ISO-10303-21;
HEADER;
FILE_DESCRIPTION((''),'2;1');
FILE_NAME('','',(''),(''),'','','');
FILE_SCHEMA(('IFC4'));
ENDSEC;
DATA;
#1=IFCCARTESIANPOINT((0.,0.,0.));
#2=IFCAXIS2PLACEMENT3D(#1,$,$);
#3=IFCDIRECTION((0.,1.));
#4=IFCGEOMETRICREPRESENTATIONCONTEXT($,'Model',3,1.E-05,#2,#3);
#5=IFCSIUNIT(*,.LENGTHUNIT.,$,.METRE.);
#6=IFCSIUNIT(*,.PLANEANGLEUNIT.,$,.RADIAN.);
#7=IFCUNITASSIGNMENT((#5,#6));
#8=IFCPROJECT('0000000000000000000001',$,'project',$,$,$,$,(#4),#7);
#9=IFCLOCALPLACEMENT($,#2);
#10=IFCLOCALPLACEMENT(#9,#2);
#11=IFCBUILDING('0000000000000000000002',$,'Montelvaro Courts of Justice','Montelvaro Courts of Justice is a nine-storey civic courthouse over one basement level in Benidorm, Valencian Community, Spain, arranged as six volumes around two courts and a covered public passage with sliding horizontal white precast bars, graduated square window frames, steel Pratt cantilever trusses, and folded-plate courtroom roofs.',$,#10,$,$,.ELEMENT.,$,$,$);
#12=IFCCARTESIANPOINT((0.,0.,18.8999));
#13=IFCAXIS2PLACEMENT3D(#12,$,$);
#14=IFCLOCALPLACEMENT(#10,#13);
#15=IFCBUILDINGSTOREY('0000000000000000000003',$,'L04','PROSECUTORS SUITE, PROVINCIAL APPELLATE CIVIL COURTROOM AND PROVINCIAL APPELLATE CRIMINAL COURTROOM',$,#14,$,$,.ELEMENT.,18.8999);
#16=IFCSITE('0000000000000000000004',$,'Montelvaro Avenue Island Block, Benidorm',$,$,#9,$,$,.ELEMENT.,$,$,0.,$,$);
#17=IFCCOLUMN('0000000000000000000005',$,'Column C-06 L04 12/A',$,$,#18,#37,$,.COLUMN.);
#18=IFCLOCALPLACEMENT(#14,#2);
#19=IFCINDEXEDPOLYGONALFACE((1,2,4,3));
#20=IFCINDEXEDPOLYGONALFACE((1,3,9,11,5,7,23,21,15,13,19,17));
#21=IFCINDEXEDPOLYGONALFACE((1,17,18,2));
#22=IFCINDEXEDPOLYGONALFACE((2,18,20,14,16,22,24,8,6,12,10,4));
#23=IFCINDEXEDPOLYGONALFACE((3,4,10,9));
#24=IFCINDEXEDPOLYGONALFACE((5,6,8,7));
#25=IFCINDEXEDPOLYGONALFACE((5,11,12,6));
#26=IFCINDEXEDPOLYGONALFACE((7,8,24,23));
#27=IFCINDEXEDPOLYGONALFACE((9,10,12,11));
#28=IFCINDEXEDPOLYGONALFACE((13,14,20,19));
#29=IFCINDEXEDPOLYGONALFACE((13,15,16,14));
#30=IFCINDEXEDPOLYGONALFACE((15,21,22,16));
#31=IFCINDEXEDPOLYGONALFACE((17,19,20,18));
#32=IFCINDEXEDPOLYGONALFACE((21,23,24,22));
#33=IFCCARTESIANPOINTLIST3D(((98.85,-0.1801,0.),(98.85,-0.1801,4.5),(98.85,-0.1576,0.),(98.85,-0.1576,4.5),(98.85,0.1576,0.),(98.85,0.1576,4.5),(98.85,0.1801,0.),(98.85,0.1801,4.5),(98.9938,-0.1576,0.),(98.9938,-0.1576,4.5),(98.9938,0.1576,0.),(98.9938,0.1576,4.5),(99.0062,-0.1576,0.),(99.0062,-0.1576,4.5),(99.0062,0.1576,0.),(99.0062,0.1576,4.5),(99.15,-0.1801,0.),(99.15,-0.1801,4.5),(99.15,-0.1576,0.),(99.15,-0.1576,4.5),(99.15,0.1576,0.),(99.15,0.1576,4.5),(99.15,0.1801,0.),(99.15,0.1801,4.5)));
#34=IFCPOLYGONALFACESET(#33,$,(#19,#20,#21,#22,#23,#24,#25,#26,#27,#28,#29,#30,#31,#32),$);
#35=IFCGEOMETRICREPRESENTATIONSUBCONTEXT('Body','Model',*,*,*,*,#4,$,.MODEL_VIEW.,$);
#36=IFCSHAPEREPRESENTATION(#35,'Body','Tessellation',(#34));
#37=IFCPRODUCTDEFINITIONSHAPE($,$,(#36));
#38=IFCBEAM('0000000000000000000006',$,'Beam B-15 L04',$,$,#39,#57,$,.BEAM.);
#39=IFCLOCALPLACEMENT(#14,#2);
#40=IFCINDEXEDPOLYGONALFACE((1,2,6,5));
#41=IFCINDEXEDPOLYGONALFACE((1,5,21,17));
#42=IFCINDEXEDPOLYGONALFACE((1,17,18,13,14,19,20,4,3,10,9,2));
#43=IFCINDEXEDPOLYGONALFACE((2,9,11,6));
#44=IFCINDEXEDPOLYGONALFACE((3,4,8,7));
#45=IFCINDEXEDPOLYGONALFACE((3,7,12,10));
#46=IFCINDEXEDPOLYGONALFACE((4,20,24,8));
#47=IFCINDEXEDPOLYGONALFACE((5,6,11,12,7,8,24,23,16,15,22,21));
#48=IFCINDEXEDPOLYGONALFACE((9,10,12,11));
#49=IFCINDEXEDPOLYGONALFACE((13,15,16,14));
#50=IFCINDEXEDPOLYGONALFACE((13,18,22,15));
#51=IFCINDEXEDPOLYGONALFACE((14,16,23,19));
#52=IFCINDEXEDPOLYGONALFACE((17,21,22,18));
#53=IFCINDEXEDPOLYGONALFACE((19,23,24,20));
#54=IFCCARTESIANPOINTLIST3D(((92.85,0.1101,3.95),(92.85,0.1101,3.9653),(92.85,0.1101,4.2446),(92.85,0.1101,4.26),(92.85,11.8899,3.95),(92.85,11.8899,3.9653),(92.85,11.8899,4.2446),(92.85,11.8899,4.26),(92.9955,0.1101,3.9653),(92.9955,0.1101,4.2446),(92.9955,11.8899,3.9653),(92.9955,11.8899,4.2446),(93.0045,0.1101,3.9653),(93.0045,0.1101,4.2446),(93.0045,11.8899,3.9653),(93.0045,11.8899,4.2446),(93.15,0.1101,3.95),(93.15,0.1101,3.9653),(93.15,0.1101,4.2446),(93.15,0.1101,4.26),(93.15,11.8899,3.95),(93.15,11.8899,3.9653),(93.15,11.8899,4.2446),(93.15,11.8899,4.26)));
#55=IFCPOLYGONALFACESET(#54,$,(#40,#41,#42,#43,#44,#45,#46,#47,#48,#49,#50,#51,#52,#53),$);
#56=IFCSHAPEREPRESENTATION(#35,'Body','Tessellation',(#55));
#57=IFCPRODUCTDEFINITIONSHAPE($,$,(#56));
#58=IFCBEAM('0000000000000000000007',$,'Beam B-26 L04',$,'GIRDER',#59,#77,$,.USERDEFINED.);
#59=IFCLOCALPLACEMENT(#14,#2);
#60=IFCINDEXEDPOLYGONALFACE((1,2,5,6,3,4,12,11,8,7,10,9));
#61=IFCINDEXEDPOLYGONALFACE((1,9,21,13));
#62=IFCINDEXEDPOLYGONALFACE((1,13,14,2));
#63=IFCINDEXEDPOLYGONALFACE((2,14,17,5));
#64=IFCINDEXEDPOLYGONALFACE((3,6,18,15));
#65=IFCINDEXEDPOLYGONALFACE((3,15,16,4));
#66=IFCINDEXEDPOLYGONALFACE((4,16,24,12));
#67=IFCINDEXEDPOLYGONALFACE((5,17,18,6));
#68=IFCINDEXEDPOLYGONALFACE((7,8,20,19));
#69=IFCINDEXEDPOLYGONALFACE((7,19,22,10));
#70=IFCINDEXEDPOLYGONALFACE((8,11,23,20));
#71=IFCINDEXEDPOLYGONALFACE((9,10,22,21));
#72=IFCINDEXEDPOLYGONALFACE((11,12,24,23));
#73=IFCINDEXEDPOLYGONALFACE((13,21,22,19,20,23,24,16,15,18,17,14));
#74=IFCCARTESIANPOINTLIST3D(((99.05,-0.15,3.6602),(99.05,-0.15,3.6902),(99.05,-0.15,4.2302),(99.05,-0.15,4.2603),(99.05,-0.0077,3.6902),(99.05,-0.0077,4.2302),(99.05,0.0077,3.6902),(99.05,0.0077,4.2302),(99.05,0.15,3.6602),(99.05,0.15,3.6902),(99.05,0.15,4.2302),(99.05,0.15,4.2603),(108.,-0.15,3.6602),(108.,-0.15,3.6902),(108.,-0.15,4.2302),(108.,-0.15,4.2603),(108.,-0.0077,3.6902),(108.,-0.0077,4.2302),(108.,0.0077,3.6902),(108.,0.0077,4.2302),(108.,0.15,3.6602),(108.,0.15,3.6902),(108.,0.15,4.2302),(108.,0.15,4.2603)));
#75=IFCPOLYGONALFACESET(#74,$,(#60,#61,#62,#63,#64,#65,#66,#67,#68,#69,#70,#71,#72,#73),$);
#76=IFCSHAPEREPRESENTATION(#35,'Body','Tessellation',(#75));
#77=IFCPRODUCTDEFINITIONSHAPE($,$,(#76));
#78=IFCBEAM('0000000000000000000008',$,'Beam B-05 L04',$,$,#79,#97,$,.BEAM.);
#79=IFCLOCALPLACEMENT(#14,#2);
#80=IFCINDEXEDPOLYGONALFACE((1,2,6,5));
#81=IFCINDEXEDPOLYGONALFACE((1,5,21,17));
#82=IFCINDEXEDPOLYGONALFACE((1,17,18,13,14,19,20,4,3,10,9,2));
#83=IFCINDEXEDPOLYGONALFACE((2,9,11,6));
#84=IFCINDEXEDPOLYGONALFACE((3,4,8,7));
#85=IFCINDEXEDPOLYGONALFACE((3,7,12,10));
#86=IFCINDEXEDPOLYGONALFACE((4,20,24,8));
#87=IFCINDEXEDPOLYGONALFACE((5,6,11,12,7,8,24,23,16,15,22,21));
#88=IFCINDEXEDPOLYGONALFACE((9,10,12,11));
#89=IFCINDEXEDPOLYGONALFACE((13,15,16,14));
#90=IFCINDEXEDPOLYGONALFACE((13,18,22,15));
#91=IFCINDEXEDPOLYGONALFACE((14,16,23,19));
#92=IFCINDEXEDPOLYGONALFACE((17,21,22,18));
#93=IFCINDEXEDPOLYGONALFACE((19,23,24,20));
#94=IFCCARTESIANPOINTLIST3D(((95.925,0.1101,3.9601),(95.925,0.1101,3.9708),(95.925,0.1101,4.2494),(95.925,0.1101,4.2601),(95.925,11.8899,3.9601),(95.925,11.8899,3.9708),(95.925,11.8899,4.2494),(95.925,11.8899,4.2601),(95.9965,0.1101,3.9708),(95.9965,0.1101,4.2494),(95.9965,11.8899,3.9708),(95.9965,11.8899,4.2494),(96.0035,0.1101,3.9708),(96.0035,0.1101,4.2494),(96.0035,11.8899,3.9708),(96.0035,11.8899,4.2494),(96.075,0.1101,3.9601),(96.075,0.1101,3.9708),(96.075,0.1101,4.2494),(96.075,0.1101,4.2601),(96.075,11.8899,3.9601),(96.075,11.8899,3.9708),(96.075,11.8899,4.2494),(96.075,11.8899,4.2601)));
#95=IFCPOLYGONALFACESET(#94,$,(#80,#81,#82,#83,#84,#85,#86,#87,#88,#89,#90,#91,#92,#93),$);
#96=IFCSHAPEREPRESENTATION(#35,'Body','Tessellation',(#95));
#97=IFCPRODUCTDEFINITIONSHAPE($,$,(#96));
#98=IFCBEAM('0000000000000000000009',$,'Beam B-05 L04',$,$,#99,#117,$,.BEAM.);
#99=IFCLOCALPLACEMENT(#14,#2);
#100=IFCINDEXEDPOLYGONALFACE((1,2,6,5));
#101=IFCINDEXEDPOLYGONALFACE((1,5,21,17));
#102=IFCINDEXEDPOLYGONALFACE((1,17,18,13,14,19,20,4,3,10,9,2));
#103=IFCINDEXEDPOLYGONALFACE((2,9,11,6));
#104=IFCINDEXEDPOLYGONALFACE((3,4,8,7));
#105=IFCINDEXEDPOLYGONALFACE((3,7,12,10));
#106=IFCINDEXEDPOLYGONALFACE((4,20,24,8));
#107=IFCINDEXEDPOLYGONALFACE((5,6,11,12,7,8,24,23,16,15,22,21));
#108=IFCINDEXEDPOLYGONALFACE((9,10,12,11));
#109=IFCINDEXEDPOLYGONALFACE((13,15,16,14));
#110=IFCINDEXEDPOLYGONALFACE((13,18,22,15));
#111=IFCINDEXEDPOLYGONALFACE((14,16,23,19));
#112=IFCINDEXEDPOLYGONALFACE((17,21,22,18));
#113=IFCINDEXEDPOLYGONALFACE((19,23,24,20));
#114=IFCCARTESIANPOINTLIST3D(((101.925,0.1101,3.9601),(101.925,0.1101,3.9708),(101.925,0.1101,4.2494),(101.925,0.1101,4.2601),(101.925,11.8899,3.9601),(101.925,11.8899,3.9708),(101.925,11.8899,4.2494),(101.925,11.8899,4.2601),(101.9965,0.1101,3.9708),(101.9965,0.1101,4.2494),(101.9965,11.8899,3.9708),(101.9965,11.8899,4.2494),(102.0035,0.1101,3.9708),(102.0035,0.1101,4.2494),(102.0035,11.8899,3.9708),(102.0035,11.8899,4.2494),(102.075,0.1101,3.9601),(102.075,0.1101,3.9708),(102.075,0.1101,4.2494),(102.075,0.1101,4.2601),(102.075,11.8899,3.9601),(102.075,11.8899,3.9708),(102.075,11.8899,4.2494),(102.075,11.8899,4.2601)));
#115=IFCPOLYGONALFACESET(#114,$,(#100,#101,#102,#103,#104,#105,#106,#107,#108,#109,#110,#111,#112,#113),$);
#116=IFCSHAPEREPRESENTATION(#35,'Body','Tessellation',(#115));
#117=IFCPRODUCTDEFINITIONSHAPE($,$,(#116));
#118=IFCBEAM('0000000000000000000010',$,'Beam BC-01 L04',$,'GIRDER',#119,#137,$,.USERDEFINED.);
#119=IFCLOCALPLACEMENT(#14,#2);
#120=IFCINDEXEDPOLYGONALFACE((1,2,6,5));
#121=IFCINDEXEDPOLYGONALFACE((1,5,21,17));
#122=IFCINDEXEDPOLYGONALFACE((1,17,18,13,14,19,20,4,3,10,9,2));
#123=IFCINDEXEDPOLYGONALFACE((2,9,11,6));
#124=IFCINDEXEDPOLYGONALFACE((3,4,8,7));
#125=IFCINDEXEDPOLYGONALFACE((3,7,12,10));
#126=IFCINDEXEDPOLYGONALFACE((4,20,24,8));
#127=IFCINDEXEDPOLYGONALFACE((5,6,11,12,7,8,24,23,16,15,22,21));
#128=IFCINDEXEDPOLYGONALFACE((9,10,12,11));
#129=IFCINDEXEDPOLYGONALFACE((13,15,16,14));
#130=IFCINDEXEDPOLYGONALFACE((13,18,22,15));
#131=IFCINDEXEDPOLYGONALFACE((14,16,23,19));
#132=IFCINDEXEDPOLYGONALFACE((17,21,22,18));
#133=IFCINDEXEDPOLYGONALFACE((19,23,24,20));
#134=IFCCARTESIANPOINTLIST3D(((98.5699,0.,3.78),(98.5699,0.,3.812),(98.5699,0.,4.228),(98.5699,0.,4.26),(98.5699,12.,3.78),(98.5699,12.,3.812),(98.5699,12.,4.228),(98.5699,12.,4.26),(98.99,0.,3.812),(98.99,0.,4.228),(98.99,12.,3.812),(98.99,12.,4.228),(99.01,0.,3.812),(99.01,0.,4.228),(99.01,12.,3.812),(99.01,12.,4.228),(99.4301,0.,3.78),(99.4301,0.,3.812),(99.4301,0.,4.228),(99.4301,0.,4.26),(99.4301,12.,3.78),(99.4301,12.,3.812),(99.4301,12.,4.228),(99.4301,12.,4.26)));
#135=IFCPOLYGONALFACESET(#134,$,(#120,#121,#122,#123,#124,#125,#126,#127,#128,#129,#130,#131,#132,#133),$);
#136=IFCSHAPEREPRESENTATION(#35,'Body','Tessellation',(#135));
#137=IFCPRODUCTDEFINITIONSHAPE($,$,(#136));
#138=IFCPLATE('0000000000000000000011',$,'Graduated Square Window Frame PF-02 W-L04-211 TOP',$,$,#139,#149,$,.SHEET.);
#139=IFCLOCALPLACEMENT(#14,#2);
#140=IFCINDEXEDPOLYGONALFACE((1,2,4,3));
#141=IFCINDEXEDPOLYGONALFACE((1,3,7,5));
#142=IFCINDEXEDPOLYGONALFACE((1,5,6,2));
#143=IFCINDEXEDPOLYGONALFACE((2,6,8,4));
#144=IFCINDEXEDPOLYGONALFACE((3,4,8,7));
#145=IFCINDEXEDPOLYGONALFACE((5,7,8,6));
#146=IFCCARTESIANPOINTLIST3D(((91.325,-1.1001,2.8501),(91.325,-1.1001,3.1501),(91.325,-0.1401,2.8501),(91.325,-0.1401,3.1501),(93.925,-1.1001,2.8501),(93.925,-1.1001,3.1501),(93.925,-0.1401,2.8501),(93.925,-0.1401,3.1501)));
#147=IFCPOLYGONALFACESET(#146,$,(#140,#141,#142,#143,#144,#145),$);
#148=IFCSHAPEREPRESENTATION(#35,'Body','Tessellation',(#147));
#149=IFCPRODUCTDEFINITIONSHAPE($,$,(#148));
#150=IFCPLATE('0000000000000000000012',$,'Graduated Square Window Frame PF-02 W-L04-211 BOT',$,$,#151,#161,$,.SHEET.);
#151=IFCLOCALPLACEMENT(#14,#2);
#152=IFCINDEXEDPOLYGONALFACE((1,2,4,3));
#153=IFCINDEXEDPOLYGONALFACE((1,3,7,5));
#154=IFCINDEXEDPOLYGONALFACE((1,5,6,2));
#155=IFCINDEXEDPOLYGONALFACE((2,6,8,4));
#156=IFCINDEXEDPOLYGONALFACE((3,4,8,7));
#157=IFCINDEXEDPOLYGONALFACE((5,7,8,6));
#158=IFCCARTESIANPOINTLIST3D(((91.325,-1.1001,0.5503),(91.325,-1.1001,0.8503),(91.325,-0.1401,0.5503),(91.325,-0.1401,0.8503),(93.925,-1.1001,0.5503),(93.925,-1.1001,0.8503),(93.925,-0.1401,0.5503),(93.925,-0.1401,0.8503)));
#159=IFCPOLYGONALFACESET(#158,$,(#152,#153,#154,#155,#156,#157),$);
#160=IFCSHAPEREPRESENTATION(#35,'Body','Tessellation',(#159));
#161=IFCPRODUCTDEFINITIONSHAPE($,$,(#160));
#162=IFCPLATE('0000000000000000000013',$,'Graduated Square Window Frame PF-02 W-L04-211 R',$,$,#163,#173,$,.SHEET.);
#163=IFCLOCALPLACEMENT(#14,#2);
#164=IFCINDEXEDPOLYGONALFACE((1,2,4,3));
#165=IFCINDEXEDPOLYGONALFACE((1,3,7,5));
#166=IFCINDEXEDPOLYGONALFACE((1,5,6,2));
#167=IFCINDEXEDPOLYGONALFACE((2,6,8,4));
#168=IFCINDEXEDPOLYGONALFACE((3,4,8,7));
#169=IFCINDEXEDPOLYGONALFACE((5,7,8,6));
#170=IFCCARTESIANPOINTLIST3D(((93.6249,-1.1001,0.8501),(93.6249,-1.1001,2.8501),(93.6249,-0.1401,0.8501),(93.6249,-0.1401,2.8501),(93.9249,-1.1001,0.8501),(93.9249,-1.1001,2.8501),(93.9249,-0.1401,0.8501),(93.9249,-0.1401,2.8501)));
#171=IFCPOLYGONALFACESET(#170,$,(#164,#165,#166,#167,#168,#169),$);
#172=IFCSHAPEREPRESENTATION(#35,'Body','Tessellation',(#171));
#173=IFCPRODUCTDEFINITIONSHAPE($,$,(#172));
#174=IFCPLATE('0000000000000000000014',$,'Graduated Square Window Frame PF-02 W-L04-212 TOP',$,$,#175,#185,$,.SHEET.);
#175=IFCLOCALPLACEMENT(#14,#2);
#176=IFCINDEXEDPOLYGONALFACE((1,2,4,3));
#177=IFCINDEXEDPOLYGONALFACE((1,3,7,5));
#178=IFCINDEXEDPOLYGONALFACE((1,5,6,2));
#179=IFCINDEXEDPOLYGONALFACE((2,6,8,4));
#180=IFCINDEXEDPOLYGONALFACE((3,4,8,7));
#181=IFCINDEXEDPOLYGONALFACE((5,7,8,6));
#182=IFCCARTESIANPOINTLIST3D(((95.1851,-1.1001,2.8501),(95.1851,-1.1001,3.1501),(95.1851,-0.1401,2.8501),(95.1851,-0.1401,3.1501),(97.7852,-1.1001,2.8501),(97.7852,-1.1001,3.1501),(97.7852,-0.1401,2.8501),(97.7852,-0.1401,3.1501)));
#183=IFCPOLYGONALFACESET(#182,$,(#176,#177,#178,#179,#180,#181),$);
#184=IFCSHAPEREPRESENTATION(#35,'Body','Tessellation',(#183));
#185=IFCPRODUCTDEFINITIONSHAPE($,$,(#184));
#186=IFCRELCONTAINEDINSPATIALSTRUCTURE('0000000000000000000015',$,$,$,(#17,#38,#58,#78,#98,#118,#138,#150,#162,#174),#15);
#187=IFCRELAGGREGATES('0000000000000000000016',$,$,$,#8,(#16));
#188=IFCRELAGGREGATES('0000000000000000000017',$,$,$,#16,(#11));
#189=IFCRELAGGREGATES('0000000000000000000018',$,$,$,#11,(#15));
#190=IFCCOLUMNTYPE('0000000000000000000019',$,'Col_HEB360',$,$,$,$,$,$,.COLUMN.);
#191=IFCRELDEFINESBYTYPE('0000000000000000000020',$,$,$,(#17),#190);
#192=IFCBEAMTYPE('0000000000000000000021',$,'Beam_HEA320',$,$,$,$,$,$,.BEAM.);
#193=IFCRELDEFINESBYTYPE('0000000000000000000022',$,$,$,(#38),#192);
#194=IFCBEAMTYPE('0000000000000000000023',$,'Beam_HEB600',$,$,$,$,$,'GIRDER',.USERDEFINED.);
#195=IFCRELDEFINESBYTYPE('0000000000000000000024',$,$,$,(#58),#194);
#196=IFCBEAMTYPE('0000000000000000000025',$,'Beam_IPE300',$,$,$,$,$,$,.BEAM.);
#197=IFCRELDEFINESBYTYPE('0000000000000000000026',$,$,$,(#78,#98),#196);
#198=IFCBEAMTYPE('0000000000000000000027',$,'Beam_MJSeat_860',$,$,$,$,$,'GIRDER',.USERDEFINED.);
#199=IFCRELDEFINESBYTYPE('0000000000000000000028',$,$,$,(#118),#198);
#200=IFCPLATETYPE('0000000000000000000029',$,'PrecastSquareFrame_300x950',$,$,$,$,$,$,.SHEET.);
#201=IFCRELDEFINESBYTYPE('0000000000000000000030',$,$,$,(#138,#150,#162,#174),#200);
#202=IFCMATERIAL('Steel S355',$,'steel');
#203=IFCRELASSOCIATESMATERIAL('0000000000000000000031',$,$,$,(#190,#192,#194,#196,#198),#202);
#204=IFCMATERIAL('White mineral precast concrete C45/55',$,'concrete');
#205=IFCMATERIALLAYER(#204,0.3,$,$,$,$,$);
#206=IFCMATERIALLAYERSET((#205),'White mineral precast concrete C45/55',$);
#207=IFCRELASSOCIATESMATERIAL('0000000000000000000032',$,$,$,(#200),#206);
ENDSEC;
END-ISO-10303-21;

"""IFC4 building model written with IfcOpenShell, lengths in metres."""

from ifc_helpers import new_model, si_unit, direction, frame, origin, origin_2d, place, context, subcontext, project, spatial, rectangle, i_section, extrude, material, layer, layer_set, material_profile, profile_set, type_object, element, save


model = new_model("IFC4")

# Units and contexts
model_context = context("Model", 3, precision=1e-05, world=origin(), true_north=direction((0.0, 1.0)))
body_context = subcontext(model_context, "Body", "Model", "MODEL_VIEW")
ifc_project = project(units=[si_unit("LENGTHUNIT", "METRE"), si_unit("PLANEANGLEUNIT", "RADIAN")], contexts=[model_context])

# Site, building, storey
site_placement = place(None, origin())
site = spatial("IfcSite", under=ifc_project, at=site_placement, Name="Montelvaro Avenue Island Block, Benidorm", CompositionType="ELEMENT", RefElevation=0.0)
building_placement = place(site_placement, origin())
building = spatial("IfcBuilding", under=site, at=building_placement, Name="Montelvaro Courts of Justice", Description="Montelvaro Courts of Justice is a nine-storey civic courthouse over one basement level in Benidorm, Valencian Community, Spain, arranged as six volumes around two courts and a covered public passage with sliding horizontal white precast bars, graduated square window frames, steel Pratt cantilever trusses, and folded-plate courtroom roofs.", CompositionType="ELEMENT")
storey_placement = place(building_placement, frame((0.0, 0.0, 18.8999)))
storey = spatial("IfcBuildingStorey", under=building, at=storey_placement, Name="L04", Description="PROSECUTORS SUITE, PROVINCIAL APPELLATE CIVIL COURTROOM AND PROVINCIAL APPELLATE CRIMINAL COURTROOM", CompositionType="ELEMENT", Elevation=18.8999)

# Column
ifc_material_1 = material(Name="Steel S355", Category="steel")
ifc_material_profile_1 = material_profile(ifc_material_1, i_section(OverallWidth=0.3, OverallDepth=0.3601, WebThickness=0.0125, FlangeThickness=0.0225, at=origin_2d()), Name="HEB 360")
ifc_profile_set_1 = profile_set([ifc_material_profile_1], Name="Steel S355")
column_type = type_object("IfcColumnType", Name="Col_HEB360", PredefinedType="COLUMN", material=ifc_profile_set_1)
column_placement = place(storey_placement, frame((99.0, 0.0, 0.0), z_axis=(0.0, 0.0, 1.0), x_axis=(1.0, 0.0, 0.0)))
element("IfcColumn", 1, at=column_placement, inside=storey, type_object=column_type, Name="Column C-06 L04 12/A", PredefinedType="COLUMN", context=body_context, shape_type="SweptSolid", body=[
    extrude(i_section(OverallWidth=0.3, OverallDepth=0.3601, WebThickness=0.0125, FlangeThickness=0.0225, at=origin_2d()), origin(), (0.0, 0.0, 1.0), 4.5),
])

# Beams
ifc_material_profile_2 = material_profile(ifc_material_1, i_section(OverallWidth=0.3, OverallDepth=0.3101, WebThickness=0.009, FlangeThickness=0.0154, at=origin_2d()), Name="HEA 320")
ifc_profile_set_2 = profile_set([ifc_material_profile_2], Name="Steel S355")
beam_type_1 = type_object("IfcBeamType", Name="Beam_HEA320", PredefinedType="BEAM", material=ifc_profile_set_2)
beam_1_placement = place(storey_placement, frame((93.0, 0.1101, 4.105), z_axis=(0.0, 1.0, 0.0), x_axis=(-1.0, 0.0, 0.0)))
element("IfcBeam", 2, at=beam_1_placement, inside=storey, type_object=beam_type_1, Name="Beam B-15 L04", PredefinedType="BEAM", context=body_context, shape_type="SweptSolid", body=[
    extrude(i_section(OverallWidth=0.3, OverallDepth=0.3101, WebThickness=0.009, FlangeThickness=0.0154, at=origin_2d()), origin(), (0.0, 0.0, 1.0), 11.7798),
])
ifc_material_profile_3 = material_profile(ifc_material_1, i_section(OverallWidth=0.3, OverallDepth=0.6001, WebThickness=0.0154, FlangeThickness=0.03, at=origin_2d()), Name="HEB 600")
ifc_profile_set_3 = profile_set([ifc_material_profile_3], Name="Steel S355")
beam_type_2 = type_object("IfcBeamType", Name="Beam_HEB600", ElementType="GIRDER", PredefinedType="USERDEFINED", material=ifc_profile_set_3)
beam_2_placement = place(storey_placement, frame((99.05, 0.0, 3.9602), z_axis=(1.0, 0.0, 0.0), x_axis=(0.0, 1.0, 0.0)))
element("IfcBeam", 3, at=beam_2_placement, inside=storey, type_object=beam_type_2, Name="Beam B-26 L04", ObjectType="GIRDER", PredefinedType="USERDEFINED", context=body_context, shape_type="SweptSolid", body=[
    extrude(i_section(OverallWidth=0.3, OverallDepth=0.6001, WebThickness=0.0154, FlangeThickness=0.03, at=origin_2d()), origin(), (0.0, 0.0, 1.0), 8.95),
])
ifc_material_profile_4 = material_profile(ifc_material_1, i_section(OverallWidth=0.1499, OverallDepth=0.3, WebThickness=0.0071, FlangeThickness=0.0107, at=origin_2d()), Name="IPE 300")
ifc_profile_set_4 = profile_set([ifc_material_profile_4], Name="Steel S355")
beam_type_3 = type_object("IfcBeamType", Name="Beam_IPE300", PredefinedType="BEAM", material=ifc_profile_set_4)
for number, where, z_axis, x_axis, name in (
    (4, (96.0, 0.1101, 4.1101), (0.0, 1.0, 0.0), (-1.0, 0.0, 0.0), "Beam B-05 L04"),
    (5, (102.0, 0.1101, 4.1101), (0.0, 1.0, 0.0), (-1.0, 0.0, 0.0), "Beam B-05 L04"),
):
    element("IfcBeam", number, at=place(storey_placement, frame(where, z_axis=z_axis, x_axis=x_axis)), inside=storey, type_object=beam_type_3, Name=name, PredefinedType="BEAM", context=body_context, shape_type="SweptSolid", body=[
        extrude(i_section(OverallWidth=0.1499, OverallDepth=0.3, WebThickness=0.0071, FlangeThickness=0.0107, at=origin_2d()), origin(), (0.0, 0.0, 1.0), 11.7798),
    ])
ifc_material_profile_5 = material_profile(ifc_material_1, i_section(OverallWidth=0.8601, OverallDepth=0.48, WebThickness=0.02, FlangeThickness=0.032, at=origin_2d()), Name="HL 480x860")
ifc_profile_set_5 = profile_set([ifc_material_profile_5], Name="Steel S355")
beam_type_4 = type_object("IfcBeamType", Name="Beam_MJSeat_860", ElementType="GIRDER", PredefinedType="USERDEFINED", material=ifc_profile_set_5)
beam_3_placement = place(storey_placement, frame((99.0, 0.0, 4.02), z_axis=(0.0, 1.0, 0.0), x_axis=(-1.0, 0.0, 0.0)))
element("IfcBeam", 6, at=beam_3_placement, inside=storey, type_object=beam_type_4, Name="Beam BC-01 L04", ObjectType="GIRDER", PredefinedType="USERDEFINED", context=body_context, shape_type="SweptSolid", body=[
    extrude(i_section(OverallWidth=0.8601, OverallDepth=0.48, WebThickness=0.02, FlangeThickness=0.032, at=origin_2d()), origin(), (0.0, 0.0, 1.0), 12.0),
])

# Plates
ifc_material_2 = material(Name="White mineral precast concrete C45/55", Category="concrete")
ifc_layer_1 = layer(ifc_material_2, 0.3)
ifc_layer_set_1 = layer_set([ifc_layer_1], Name="White mineral precast concrete C45/55")
plate_type = type_object("IfcPlateType", Name="PrecastSquareFrame_300x950", PredefinedType="SHEET", material=ifc_layer_set_1)
for number, where, z_axis, x_axis, name in (
    (7, (92.625, -0.6201, 2.8501), (0.0, 0.0, 1.0), (1.0, 0.0, 0.0), "Graduated Square Window Frame PF-02 W-L04-211 TOP"),
    (8, (92.625, -0.6201, 0.5503), (0.0, 0.0, 1.0), (1.0, 0.0, 0.0), "Graduated Square Window Frame PF-02 W-L04-211 BOT"),
):
    element("IfcPlate", number, at=place(storey_placement, frame(where, z_axis=z_axis, x_axis=x_axis)), inside=storey, type_object=plate_type, Name=name, PredefinedType="SHEET", context=body_context, shape_type="SweptSolid", body=[
        extrude(rectangle(XDim=2.6001, YDim=0.96, at=origin_2d()), origin(), (0.0, 0.0, 1.0), 0.3),
    ])
plate_1_placement = place(storey_placement, frame((93.7749, -0.6201, 0.8501), z_axis=(0.0, 0.0, 1.0), x_axis=(1.0, 0.0, 0.0)))
element("IfcPlate", 9, at=plate_1_placement, inside=storey, type_object=plate_type, Name="Graduated Square Window Frame PF-02 W-L04-211 R", PredefinedType="SHEET", context=body_context, shape_type="SweptSolid", body=[
    extrude(rectangle(XDim=0.3, YDim=0.96, at=origin_2d()), origin(), (0.0, 0.0, 1.0), 2.0),
])
for number, where, z_axis, x_axis, name in (
    (10, (96.4851, -0.6201, 2.8501), (0.0, 0.0, 1.0), (1.0, 0.0, 0.0), "Graduated Square Window Frame PF-02 W-L04-212 TOP"),
):
    element("IfcPlate", number, at=place(storey_placement, frame(where, z_axis=z_axis, x_axis=x_axis)), inside=storey, type_object=plate_type, Name=name, PredefinedType="SHEET", context=body_context, shape_type="SweptSolid", body=[
        extrude(rectangle(XDim=2.6001, YDim=0.96, at=origin_2d()), origin(), (0.0, 0.0, 1.0), 0.3),
    ])

save(model, "model.ifc")
